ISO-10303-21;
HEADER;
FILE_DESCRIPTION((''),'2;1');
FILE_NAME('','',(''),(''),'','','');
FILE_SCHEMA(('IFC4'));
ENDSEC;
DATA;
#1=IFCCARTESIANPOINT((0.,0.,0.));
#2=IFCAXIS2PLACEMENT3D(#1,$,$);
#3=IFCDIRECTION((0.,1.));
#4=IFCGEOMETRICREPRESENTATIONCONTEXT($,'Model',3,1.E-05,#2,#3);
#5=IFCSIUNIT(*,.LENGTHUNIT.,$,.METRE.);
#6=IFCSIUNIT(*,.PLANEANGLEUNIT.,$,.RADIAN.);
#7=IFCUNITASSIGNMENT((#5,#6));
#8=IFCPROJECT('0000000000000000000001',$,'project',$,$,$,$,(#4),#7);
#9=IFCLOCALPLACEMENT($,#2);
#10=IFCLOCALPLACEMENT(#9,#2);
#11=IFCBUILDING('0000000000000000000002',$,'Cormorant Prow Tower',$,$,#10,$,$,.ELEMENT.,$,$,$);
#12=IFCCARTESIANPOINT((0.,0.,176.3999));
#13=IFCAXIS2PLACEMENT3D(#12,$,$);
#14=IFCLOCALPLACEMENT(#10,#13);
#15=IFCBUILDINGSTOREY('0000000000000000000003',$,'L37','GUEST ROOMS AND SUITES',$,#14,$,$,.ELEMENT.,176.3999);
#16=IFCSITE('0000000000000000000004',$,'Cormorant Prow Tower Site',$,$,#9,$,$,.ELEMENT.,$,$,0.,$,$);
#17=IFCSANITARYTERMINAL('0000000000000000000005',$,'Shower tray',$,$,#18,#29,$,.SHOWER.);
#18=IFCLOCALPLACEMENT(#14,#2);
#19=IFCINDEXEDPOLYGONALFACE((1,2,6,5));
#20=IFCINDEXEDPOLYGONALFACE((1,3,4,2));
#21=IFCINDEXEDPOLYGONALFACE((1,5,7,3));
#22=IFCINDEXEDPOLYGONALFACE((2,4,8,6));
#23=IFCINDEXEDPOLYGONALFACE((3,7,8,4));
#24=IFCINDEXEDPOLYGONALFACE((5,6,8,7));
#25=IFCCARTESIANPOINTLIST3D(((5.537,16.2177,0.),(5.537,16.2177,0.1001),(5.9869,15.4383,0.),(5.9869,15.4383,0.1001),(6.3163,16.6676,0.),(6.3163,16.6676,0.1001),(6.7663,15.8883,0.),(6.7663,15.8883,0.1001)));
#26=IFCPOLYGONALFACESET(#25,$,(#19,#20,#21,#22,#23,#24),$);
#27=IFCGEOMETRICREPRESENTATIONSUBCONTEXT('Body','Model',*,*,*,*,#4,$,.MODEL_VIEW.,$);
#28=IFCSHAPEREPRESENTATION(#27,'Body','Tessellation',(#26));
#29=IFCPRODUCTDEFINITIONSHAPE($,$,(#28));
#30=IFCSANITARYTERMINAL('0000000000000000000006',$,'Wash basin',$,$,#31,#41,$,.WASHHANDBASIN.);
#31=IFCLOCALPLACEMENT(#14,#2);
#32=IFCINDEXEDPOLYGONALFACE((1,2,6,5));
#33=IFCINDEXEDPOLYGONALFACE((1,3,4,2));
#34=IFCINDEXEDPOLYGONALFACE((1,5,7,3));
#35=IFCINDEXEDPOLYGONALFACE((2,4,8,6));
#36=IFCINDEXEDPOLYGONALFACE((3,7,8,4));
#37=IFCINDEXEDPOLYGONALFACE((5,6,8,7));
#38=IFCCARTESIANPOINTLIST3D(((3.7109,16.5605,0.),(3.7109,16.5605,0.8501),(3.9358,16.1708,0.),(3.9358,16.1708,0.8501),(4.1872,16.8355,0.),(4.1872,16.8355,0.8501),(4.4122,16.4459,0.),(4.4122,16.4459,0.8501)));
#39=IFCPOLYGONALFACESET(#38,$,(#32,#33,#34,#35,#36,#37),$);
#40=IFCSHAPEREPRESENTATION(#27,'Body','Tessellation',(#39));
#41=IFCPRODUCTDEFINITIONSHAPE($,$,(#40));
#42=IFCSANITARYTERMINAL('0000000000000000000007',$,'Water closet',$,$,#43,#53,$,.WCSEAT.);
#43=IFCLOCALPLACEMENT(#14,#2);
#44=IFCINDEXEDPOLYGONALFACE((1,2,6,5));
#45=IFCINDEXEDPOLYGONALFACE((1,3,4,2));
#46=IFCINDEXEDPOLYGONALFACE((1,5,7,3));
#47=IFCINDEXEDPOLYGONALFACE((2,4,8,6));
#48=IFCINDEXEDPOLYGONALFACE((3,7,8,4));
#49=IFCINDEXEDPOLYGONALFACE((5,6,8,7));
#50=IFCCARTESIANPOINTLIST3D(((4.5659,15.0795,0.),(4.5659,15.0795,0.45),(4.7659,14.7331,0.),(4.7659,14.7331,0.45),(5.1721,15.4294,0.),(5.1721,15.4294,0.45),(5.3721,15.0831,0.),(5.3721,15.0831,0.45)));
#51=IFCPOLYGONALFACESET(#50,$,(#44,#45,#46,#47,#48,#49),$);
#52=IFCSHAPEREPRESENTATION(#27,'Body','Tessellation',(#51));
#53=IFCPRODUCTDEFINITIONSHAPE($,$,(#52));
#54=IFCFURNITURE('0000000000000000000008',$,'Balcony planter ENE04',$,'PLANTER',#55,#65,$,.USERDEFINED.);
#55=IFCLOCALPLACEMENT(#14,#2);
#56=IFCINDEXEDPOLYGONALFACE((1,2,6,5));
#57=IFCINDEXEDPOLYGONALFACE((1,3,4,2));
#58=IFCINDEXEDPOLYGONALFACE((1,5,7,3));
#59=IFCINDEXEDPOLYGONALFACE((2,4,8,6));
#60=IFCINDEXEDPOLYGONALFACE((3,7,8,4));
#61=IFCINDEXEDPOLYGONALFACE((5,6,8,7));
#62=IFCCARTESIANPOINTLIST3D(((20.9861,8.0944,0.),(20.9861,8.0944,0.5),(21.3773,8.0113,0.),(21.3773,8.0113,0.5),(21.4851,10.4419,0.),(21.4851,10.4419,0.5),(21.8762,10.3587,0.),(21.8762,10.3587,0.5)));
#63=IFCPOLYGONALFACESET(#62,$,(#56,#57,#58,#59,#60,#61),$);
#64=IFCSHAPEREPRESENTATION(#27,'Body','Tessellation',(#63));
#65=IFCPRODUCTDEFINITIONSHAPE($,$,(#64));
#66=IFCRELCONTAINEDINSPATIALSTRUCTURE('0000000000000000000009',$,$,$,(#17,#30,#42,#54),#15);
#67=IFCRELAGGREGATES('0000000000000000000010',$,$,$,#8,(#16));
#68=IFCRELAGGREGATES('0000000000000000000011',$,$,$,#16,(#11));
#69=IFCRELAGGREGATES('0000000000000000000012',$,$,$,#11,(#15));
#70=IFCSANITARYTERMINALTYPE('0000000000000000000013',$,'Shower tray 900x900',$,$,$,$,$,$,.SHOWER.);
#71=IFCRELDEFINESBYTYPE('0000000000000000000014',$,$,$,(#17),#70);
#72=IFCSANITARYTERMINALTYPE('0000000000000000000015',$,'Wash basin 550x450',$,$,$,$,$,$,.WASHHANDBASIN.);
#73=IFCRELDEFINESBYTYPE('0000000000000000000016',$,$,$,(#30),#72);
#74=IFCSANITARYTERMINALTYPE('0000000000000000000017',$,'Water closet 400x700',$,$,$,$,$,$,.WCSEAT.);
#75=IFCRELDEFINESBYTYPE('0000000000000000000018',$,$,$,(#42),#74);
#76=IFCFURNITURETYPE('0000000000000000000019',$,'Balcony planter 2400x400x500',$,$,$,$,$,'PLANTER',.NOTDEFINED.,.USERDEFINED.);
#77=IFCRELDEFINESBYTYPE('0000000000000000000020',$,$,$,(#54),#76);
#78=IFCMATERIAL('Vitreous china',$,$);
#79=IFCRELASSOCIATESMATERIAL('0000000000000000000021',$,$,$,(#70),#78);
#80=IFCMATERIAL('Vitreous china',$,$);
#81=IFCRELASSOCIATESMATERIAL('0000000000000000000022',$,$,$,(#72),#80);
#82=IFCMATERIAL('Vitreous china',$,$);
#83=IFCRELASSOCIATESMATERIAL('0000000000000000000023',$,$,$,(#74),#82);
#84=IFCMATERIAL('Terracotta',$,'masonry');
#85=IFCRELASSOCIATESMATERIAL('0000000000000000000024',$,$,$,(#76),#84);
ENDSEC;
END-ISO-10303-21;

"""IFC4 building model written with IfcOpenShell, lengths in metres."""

from ifc_helpers import new_model, si_unit, direction, frame, origin, origin_2d, place, context, subcontext, project, spatial, rectangle, extrude, material, type_object, element, save


model = new_model("IFC4")

# Units and contexts
model_context = context("Model", 3, precision=1e-05, world=origin(), true_north=direction((0.0, 1.0)))
body_context = subcontext(model_context, "Body", "Model", "MODEL_VIEW")
ifc_project = project(units=[si_unit("LENGTHUNIT", "METRE"), si_unit("PLANEANGLEUNIT", "RADIAN")], contexts=[model_context])

# Site, building, storey
site_placement = place(None, origin())
site = spatial("IfcSite", under=ifc_project, at=site_placement, Name="Cormorant Prow Tower Site", CompositionType="ELEMENT", RefElevation=0.0)
building_placement = place(site_placement, origin())
building = spatial("IfcBuilding", under=site, at=building_placement, Name="Cormorant Prow Tower", CompositionType="ELEMENT")
storey_placement = place(building_placement, frame((0.0, 0.0, 176.3999)))
storey = spatial("IfcBuildingStorey", under=building, at=storey_placement, Name="L37", Description="GUEST ROOMS AND SUITES", CompositionType="ELEMENT", Elevation=176.3999)

# Sanitary terminals
ifc_material_1 = material(Name="Vitreous china")
sanitary_terminal_type_1 = type_object("IfcSanitaryTerminalType", Name="Shower tray 900x900", PredefinedType="SHOWER", material=ifc_material_1)
sanitary_terminal_1_placement = place(storey_placement, frame((6.1516, 16.053, 0.0), z_axis=(0.0, 0.0, 1.0), x_axis=(-0.866025, -0.5, 0.0)))
element("IfcSanitaryTerminal", 1, at=sanitary_terminal_1_placement, inside=storey, type_object=sanitary_terminal_type_1, Name="Shower tray", PredefinedType="SHOWER", context=body_context, shape_type="SweptSolid", body=[
    extrude(rectangle(XDim=0.8999, YDim=0.8999, at=origin_2d()), origin(), (0.0, 0.0, 1.0), 0.1001),
])
ifc_material_2 = material(Name="Vitreous china")
sanitary_terminal_type_2 = type_object("IfcSanitaryTerminalType", Name="Wash basin 550x450", PredefinedType="WASHHANDBASIN", material=ifc_material_2)
sanitary_terminal_2_placement = place(storey_placement, frame((4.0615, 16.5032, 0.0), z_axis=(0.0, 0.0, 1.0), x_axis=(0.866025, 0.5, 0.0)))
element("IfcSanitaryTerminal", 2, at=sanitary_terminal_2_placement, inside=storey, type_object=sanitary_terminal_type_2, Name="Wash basin", PredefinedType="WASHHANDBASIN", context=body_context, shape_type="SweptSolid", body=[
    extrude(rectangle(XDim=0.55, YDim=0.45, at=origin_2d()), origin(), (0.0, 0.0, 1.0), 0.8501),
])
ifc_material_3 = material(Name="Vitreous china")
sanitary_terminal_type_3 = type_object("IfcSanitaryTerminalType", Name="Water closet 400x700", PredefinedType="WCSEAT", material=ifc_material_3)
sanitary_terminal_3_placement = place(storey_placement, frame((4.969, 15.0813, 0.0), z_axis=(0.0, 0.0, 1.0), x_axis=(-0.5, 0.866025, 0.0)))
element("IfcSanitaryTerminal", 3, at=sanitary_terminal_3_placement, inside=storey, type_object=sanitary_terminal_type_3, Name="Water closet", PredefinedType="WCSEAT", context=body_context, shape_type="SweptSolid", body=[
    extrude(rectangle(XDim=0.3999, YDim=0.7, at=origin_2d()), origin(), (0.0, 0.0, 1.0), 0.45),
])

# Furniture
ifc_material_4 = material(Name="Terracotta", Category="masonry")
furniture_type = type_object("IfcFurnitureType", Name="Balcony planter 2400x400x500", ElementType="PLANTER", AssemblyPlace="NOTDEFINED", PredefinedType="USERDEFINED", material=ifc_material_4)
furniture_placement = place(storey_placement, frame((21.4312, 9.2266, 0.0), z_axis=(0.0, 0.0, 1.0), x_axis=(0.207912, 0.978148, 0.0)))
element("IfcFurniture", 4, at=furniture_placement, inside=storey, type_object=furniture_type, Name="Balcony planter ENE04", ObjectType="PLANTER", PredefinedType="USERDEFINED", context=body_context, shape_type="SweptSolid", body=[
    extrude(rectangle(XDim=2.3999, YDim=0.3999, at=origin_2d()), origin(), (0.0, 0.0, 1.0), 0.5),
])

save(model, "model.ifc")
